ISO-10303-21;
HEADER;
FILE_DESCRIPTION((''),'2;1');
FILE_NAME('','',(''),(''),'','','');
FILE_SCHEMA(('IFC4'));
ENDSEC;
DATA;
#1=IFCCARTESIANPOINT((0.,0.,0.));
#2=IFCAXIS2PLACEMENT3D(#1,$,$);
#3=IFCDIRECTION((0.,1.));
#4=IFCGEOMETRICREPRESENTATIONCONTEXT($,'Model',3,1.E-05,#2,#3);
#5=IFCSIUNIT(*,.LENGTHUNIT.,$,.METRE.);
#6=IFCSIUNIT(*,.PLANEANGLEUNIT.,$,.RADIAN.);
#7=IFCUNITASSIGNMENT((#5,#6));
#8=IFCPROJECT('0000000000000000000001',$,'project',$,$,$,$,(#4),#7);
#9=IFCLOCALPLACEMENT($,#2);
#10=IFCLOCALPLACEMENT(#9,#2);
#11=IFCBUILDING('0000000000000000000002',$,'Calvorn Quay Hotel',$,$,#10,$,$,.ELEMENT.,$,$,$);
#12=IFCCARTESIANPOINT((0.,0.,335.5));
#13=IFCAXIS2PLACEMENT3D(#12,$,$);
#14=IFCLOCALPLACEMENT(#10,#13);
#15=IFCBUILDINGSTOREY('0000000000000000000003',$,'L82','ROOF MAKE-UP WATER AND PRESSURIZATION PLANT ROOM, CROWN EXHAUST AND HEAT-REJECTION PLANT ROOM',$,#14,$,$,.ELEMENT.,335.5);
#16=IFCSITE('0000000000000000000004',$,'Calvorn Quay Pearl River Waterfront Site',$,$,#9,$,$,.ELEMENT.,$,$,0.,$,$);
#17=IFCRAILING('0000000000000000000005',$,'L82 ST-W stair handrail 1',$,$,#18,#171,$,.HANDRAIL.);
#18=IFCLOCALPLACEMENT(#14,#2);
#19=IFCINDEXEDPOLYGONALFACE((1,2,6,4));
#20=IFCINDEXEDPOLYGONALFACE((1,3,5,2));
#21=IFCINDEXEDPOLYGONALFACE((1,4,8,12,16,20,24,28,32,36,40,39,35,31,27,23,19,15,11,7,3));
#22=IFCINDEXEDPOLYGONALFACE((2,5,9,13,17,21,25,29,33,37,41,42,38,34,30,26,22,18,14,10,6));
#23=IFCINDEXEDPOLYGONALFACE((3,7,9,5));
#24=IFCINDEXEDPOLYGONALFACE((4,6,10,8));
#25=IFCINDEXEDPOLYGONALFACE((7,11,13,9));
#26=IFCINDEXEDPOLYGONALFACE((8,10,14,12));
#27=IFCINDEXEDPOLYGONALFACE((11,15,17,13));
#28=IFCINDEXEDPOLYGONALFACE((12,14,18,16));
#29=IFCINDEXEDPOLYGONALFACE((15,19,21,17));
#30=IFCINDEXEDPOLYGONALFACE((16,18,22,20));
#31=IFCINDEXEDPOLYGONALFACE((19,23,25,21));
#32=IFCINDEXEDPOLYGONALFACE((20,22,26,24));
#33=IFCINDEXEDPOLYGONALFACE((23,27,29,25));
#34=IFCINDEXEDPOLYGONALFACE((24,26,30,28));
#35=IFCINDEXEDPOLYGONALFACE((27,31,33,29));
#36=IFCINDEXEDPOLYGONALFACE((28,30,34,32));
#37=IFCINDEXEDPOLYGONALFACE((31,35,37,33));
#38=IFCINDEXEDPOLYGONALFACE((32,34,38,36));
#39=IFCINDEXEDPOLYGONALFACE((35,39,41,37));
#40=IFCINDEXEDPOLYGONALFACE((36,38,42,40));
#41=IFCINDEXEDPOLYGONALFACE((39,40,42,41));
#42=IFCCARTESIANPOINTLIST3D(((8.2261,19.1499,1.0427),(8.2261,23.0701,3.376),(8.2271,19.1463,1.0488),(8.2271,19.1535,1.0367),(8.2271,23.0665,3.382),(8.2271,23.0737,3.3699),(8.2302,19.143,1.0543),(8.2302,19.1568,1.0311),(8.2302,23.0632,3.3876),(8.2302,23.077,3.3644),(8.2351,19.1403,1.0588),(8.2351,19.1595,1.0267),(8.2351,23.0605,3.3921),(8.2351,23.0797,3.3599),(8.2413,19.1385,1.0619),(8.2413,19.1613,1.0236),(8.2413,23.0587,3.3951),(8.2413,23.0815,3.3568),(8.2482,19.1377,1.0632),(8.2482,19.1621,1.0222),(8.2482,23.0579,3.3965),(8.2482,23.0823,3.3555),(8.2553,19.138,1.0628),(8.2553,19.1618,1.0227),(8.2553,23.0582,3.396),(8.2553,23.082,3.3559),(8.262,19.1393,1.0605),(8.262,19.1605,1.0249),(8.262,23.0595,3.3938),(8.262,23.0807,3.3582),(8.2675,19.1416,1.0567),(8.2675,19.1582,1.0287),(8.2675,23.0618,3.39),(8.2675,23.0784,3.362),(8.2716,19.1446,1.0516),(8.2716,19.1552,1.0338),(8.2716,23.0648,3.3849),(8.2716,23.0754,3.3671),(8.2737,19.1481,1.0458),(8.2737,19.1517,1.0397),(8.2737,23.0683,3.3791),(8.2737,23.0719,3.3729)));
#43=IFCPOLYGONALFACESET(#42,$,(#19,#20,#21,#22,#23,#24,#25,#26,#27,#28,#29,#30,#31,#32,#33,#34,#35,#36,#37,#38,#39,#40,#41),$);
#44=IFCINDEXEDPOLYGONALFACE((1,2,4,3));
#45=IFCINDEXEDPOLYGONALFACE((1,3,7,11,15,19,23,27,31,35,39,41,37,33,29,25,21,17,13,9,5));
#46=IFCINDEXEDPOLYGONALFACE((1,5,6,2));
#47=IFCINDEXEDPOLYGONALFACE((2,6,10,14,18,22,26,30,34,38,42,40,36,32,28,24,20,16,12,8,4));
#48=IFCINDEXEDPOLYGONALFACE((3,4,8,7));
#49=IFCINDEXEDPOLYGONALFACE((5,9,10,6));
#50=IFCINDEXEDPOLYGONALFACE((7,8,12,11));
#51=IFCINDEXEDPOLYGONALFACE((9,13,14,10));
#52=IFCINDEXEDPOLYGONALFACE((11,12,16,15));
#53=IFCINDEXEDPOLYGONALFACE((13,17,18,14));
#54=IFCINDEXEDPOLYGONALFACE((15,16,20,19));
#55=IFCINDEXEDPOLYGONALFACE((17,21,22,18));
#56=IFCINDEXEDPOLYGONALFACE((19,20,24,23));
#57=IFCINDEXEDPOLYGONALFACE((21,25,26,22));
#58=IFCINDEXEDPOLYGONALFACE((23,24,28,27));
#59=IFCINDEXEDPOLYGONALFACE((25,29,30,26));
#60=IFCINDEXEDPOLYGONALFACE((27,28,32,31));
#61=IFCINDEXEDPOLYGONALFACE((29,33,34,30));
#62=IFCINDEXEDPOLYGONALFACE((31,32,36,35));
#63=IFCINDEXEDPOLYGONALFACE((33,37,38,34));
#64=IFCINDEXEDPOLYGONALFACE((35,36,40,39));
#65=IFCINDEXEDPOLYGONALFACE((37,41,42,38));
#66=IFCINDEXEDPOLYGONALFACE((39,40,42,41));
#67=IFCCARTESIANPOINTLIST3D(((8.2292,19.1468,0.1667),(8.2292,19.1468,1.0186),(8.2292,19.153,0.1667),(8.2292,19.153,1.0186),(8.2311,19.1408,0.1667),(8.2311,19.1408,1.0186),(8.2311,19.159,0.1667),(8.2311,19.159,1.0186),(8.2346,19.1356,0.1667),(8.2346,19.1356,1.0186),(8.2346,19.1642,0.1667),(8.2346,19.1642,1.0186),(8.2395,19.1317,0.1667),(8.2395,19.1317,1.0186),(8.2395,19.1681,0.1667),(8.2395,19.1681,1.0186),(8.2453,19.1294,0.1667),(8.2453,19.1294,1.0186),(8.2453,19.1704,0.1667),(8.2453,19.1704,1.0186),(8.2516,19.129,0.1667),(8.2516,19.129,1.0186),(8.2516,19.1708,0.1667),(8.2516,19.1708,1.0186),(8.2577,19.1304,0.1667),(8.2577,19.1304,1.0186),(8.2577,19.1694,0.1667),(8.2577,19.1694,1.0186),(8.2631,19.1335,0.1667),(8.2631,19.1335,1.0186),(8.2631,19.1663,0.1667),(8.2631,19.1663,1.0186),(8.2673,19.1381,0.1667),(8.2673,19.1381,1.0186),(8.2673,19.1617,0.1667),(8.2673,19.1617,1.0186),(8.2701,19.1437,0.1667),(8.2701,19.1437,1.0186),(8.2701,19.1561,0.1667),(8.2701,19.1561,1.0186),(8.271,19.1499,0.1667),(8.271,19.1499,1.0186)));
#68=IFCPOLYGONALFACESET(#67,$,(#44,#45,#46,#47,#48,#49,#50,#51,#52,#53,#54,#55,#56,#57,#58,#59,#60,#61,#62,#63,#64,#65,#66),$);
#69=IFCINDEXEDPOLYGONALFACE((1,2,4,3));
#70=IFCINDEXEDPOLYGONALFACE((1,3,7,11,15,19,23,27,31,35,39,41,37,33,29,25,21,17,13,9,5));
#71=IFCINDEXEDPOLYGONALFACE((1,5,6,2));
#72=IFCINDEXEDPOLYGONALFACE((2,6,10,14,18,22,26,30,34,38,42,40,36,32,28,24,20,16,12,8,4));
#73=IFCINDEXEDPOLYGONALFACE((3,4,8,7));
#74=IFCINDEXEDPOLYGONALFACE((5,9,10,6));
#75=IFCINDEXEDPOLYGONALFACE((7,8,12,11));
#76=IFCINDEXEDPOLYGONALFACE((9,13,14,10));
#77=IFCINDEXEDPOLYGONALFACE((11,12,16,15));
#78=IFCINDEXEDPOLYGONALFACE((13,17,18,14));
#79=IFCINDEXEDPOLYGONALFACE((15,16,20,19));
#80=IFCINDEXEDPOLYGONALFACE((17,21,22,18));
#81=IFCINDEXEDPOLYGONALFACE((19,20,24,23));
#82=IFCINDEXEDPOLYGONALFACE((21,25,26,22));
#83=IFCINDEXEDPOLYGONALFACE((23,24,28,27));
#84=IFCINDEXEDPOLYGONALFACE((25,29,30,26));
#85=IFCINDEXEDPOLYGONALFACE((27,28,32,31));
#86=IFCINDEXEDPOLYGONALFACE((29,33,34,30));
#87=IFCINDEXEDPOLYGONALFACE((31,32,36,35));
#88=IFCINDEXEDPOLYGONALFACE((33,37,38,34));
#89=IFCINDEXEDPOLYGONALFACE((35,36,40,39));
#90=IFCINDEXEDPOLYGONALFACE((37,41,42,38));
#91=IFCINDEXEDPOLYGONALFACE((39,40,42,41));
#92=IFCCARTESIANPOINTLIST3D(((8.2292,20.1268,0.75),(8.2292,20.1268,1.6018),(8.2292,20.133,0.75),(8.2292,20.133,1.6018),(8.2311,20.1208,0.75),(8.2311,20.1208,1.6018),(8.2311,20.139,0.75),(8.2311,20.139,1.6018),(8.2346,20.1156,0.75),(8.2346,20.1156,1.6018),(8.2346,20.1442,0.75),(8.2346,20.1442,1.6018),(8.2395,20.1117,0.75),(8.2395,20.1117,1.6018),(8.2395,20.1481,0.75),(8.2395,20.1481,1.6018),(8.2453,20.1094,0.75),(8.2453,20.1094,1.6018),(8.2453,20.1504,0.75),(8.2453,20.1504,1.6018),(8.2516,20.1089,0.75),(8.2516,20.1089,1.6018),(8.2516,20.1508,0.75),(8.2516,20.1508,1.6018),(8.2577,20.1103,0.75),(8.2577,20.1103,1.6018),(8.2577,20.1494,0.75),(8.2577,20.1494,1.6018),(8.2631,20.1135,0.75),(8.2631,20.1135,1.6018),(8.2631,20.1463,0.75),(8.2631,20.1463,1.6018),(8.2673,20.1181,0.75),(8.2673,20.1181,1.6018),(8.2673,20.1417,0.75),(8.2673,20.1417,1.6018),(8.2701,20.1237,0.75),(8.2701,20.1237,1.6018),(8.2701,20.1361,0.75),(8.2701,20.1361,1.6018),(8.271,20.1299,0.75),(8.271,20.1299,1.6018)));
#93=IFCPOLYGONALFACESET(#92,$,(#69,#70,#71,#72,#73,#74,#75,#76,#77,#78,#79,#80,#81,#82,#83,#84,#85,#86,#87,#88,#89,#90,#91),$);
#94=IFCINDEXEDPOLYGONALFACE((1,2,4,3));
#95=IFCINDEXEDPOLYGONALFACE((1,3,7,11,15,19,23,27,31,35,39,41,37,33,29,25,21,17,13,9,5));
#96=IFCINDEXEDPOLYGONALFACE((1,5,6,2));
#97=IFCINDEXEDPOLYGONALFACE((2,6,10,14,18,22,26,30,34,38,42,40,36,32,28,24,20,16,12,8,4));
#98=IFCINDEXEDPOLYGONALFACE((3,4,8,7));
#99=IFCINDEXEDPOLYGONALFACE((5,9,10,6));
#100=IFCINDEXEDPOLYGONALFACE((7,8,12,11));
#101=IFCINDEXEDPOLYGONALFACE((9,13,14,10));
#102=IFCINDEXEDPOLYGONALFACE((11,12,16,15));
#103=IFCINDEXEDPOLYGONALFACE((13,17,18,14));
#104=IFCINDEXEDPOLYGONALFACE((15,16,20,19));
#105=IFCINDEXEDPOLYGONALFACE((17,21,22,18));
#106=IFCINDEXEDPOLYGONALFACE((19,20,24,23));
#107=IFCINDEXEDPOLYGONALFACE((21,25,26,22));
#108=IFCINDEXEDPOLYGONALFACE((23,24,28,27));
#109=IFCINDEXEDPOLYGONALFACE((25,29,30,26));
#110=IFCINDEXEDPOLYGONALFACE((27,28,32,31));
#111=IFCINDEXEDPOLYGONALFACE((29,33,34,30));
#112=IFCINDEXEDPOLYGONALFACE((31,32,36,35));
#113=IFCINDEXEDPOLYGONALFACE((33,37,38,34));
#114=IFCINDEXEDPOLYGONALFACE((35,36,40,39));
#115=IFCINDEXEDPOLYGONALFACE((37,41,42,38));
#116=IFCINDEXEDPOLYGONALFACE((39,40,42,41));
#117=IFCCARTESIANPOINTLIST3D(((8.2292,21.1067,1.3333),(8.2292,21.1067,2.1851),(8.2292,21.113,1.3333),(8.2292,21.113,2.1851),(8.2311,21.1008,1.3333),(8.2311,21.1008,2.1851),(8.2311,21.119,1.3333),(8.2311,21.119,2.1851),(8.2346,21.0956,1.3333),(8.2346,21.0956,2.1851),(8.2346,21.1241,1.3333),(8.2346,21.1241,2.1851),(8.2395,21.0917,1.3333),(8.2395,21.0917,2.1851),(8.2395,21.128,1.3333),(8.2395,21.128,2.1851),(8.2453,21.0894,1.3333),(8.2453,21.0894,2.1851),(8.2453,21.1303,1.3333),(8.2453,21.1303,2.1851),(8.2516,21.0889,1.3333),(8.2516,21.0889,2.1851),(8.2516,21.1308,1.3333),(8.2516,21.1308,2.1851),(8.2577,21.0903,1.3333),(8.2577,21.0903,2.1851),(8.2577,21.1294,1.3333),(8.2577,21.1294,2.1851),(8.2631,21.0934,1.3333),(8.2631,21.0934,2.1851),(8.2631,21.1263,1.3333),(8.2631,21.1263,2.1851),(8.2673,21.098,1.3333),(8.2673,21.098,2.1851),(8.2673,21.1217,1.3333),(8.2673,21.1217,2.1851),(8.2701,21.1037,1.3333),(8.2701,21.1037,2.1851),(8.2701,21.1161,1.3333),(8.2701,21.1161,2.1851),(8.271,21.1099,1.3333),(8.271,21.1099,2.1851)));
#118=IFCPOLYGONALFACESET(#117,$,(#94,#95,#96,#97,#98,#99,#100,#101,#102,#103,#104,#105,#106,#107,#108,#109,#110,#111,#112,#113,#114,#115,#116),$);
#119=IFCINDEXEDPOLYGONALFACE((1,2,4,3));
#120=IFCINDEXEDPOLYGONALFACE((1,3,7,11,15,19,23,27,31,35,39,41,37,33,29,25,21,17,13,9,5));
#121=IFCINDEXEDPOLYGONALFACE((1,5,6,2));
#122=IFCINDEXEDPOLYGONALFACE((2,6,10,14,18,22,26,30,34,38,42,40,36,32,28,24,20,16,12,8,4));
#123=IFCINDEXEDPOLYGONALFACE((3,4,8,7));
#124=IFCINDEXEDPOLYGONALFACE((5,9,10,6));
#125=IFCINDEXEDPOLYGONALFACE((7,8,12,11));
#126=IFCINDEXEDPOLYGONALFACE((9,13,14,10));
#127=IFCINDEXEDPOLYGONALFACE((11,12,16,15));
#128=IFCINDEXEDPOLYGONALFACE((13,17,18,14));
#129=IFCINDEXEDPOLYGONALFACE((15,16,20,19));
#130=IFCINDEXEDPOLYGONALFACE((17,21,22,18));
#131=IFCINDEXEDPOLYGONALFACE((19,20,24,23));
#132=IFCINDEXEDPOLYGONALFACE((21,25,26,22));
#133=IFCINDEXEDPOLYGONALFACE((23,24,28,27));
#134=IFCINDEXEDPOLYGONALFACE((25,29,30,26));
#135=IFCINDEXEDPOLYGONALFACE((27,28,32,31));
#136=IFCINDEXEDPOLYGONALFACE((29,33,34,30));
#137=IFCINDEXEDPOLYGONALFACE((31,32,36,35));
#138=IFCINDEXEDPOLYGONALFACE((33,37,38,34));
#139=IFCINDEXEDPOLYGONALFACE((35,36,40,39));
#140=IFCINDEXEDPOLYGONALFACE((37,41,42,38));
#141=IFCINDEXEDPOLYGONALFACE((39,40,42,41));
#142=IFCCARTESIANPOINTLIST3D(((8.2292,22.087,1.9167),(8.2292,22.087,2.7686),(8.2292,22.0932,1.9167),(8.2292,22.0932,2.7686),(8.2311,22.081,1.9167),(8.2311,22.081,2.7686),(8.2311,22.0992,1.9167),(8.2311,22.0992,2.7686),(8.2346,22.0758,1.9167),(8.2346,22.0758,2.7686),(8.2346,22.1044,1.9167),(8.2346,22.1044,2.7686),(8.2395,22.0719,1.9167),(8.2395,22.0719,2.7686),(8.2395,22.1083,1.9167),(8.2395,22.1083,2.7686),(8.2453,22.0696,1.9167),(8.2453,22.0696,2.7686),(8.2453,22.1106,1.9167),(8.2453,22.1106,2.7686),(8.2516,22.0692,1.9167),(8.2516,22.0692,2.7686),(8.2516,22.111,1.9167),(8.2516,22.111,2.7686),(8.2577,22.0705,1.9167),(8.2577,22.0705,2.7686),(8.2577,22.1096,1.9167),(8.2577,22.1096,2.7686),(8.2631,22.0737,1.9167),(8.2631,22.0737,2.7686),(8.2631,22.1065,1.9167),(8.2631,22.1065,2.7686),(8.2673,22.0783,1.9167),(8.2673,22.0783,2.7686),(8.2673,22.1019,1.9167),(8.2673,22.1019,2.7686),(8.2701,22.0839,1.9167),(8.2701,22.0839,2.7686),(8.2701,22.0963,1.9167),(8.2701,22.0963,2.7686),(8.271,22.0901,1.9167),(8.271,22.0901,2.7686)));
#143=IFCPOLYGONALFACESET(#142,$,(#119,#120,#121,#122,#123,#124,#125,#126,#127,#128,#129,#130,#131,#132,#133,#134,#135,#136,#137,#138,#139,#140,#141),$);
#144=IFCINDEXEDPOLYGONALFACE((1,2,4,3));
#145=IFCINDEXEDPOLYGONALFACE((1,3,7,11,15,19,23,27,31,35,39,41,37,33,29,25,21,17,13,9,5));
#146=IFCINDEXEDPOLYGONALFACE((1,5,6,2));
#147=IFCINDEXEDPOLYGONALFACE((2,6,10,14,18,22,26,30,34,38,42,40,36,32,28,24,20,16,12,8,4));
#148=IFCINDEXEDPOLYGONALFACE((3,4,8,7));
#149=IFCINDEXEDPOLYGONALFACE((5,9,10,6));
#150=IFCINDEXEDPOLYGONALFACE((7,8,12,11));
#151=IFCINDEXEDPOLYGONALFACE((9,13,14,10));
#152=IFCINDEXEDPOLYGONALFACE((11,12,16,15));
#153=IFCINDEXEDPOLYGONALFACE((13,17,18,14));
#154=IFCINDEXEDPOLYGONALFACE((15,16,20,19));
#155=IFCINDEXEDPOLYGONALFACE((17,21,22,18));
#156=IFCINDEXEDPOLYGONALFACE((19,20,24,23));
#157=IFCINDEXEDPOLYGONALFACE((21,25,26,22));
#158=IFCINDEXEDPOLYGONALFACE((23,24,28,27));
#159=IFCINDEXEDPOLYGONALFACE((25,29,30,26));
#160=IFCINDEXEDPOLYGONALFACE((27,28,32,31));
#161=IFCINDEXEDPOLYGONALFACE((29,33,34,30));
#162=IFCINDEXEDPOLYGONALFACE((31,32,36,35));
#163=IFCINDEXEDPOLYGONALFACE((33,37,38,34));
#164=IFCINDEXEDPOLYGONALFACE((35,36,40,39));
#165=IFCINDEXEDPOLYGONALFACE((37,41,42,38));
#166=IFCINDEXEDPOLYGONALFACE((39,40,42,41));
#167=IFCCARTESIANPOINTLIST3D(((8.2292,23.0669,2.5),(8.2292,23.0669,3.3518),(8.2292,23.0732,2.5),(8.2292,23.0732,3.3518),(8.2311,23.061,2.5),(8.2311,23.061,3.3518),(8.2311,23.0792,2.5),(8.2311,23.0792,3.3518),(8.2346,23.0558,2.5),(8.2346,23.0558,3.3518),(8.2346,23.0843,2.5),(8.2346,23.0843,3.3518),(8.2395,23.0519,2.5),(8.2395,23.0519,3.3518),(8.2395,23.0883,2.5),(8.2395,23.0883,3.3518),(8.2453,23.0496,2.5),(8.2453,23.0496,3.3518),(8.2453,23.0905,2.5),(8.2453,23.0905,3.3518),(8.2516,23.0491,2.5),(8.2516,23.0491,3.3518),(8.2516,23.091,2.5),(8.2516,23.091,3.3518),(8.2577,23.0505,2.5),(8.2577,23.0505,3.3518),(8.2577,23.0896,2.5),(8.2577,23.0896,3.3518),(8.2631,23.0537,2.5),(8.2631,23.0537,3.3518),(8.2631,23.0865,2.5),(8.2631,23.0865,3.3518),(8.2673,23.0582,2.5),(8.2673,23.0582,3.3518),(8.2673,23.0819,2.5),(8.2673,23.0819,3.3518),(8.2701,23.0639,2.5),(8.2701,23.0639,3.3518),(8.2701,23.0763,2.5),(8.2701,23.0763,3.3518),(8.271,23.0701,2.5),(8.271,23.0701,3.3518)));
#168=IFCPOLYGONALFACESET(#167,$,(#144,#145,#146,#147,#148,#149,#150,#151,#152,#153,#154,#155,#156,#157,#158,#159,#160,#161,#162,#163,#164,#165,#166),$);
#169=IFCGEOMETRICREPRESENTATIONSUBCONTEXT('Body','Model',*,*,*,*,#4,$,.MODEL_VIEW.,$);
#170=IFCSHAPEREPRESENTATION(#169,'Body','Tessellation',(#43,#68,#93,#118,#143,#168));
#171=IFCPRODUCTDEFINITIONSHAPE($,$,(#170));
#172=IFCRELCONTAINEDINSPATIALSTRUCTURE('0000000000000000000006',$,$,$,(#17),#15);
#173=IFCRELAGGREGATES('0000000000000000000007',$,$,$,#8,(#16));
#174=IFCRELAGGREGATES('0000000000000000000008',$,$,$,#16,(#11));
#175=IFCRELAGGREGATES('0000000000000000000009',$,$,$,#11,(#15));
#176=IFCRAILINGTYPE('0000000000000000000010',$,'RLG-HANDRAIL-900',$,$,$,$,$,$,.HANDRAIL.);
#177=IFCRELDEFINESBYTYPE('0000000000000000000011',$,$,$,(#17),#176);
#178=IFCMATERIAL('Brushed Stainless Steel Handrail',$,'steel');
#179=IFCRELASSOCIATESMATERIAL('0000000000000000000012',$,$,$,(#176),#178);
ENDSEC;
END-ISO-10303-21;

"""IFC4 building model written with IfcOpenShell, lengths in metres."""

from ifc_helpers import new_model, si_unit, direction, frame, origin, origin_2d, place, context, subcontext, project, spatial, circle, extrude, material, type_object, element, save


model = new_model("IFC4")

# Units and contexts
model_context = context("Model", 3, precision=1e-05, world=origin(), true_north=direction((0.0, 1.0)))
body_context = subcontext(model_context, "Body", "Model", "MODEL_VIEW")
ifc_project = project(units=[si_unit("LENGTHUNIT", "METRE"), si_unit("PLANEANGLEUNIT", "RADIAN")], contexts=[model_context])

# Site, building, storey
site_placement = place(None, origin())
site = spatial("IfcSite", under=ifc_project, at=site_placement, Name="Calvorn Quay Pearl River Waterfront Site", CompositionType="ELEMENT", RefElevation=0.0)
building_placement = place(site_placement, origin())
building = spatial("IfcBuilding", under=site, at=building_placement, Name="Calvorn Quay Hotel", CompositionType="ELEMENT")
storey_placement = place(building_placement, frame((0.0, 0.0, 335.5)))
storey = spatial("IfcBuildingStorey", under=building, at=storey_placement, Name="L82", Description="ROOF MAKE-UP WATER AND PRESSURIZATION PLANT ROOM, CROWN EXHAUST AND HEAT-REJECTION PLANT ROOM", CompositionType="ELEMENT", Elevation=335.5)

# Railing
ifc_material_1 = material(Name="Brushed Stainless Steel Handrail", Category="steel")
railing_type_1 = type_object("IfcRailingType", Name="RLG-HANDRAIL-900", PredefinedType="HANDRAIL", material=ifc_material_1)
railing_1_placement = place(storey_placement, frame((8.25, 19.1499, 0.1667)))
element("IfcRailing", 1, at=railing_1_placement, inside=storey, type_object=railing_type_1, Name="L82 ST-W stair handrail 1", PredefinedType="HANDRAIL", context=body_context, shape_type="SweptSolid", body=[
    extrude(circle(Radius=0.0239, at=origin_2d()), frame((0.0, 0.0, 0.876), z_axis=(0.0, 0.85931, 0.511455), x_axis=(-1.0, 0.0, 0.0)), (0.0, 0.0, 1.0), 4.562),
    extrude(circle(Radius=0.021, at=origin_2d()), origin(), (0.0, 0.0, 1.0), 0.8518),
    extrude(circle(Radius=0.021, at=origin_2d()), frame((0.0, 0.98, 0.5833)), (0.0, 0.0, 1.0), 0.8518),
    extrude(circle(Radius=0.021, at=origin_2d()), frame((0.0, 1.96, 1.1665)), (0.0, 0.0, 1.0), 0.8518),
    extrude(circle(Radius=0.021, at=origin_2d()), frame((0.0, 2.9402, 1.75)), (0.0, 0.0, 1.0), 0.8518),
    extrude(circle(Radius=0.021, at=origin_2d()), frame((0.0, 3.9202, 2.3333)), (0.0, 0.0, 1.0), 0.8518),
])

save(model, "model.ifc")
